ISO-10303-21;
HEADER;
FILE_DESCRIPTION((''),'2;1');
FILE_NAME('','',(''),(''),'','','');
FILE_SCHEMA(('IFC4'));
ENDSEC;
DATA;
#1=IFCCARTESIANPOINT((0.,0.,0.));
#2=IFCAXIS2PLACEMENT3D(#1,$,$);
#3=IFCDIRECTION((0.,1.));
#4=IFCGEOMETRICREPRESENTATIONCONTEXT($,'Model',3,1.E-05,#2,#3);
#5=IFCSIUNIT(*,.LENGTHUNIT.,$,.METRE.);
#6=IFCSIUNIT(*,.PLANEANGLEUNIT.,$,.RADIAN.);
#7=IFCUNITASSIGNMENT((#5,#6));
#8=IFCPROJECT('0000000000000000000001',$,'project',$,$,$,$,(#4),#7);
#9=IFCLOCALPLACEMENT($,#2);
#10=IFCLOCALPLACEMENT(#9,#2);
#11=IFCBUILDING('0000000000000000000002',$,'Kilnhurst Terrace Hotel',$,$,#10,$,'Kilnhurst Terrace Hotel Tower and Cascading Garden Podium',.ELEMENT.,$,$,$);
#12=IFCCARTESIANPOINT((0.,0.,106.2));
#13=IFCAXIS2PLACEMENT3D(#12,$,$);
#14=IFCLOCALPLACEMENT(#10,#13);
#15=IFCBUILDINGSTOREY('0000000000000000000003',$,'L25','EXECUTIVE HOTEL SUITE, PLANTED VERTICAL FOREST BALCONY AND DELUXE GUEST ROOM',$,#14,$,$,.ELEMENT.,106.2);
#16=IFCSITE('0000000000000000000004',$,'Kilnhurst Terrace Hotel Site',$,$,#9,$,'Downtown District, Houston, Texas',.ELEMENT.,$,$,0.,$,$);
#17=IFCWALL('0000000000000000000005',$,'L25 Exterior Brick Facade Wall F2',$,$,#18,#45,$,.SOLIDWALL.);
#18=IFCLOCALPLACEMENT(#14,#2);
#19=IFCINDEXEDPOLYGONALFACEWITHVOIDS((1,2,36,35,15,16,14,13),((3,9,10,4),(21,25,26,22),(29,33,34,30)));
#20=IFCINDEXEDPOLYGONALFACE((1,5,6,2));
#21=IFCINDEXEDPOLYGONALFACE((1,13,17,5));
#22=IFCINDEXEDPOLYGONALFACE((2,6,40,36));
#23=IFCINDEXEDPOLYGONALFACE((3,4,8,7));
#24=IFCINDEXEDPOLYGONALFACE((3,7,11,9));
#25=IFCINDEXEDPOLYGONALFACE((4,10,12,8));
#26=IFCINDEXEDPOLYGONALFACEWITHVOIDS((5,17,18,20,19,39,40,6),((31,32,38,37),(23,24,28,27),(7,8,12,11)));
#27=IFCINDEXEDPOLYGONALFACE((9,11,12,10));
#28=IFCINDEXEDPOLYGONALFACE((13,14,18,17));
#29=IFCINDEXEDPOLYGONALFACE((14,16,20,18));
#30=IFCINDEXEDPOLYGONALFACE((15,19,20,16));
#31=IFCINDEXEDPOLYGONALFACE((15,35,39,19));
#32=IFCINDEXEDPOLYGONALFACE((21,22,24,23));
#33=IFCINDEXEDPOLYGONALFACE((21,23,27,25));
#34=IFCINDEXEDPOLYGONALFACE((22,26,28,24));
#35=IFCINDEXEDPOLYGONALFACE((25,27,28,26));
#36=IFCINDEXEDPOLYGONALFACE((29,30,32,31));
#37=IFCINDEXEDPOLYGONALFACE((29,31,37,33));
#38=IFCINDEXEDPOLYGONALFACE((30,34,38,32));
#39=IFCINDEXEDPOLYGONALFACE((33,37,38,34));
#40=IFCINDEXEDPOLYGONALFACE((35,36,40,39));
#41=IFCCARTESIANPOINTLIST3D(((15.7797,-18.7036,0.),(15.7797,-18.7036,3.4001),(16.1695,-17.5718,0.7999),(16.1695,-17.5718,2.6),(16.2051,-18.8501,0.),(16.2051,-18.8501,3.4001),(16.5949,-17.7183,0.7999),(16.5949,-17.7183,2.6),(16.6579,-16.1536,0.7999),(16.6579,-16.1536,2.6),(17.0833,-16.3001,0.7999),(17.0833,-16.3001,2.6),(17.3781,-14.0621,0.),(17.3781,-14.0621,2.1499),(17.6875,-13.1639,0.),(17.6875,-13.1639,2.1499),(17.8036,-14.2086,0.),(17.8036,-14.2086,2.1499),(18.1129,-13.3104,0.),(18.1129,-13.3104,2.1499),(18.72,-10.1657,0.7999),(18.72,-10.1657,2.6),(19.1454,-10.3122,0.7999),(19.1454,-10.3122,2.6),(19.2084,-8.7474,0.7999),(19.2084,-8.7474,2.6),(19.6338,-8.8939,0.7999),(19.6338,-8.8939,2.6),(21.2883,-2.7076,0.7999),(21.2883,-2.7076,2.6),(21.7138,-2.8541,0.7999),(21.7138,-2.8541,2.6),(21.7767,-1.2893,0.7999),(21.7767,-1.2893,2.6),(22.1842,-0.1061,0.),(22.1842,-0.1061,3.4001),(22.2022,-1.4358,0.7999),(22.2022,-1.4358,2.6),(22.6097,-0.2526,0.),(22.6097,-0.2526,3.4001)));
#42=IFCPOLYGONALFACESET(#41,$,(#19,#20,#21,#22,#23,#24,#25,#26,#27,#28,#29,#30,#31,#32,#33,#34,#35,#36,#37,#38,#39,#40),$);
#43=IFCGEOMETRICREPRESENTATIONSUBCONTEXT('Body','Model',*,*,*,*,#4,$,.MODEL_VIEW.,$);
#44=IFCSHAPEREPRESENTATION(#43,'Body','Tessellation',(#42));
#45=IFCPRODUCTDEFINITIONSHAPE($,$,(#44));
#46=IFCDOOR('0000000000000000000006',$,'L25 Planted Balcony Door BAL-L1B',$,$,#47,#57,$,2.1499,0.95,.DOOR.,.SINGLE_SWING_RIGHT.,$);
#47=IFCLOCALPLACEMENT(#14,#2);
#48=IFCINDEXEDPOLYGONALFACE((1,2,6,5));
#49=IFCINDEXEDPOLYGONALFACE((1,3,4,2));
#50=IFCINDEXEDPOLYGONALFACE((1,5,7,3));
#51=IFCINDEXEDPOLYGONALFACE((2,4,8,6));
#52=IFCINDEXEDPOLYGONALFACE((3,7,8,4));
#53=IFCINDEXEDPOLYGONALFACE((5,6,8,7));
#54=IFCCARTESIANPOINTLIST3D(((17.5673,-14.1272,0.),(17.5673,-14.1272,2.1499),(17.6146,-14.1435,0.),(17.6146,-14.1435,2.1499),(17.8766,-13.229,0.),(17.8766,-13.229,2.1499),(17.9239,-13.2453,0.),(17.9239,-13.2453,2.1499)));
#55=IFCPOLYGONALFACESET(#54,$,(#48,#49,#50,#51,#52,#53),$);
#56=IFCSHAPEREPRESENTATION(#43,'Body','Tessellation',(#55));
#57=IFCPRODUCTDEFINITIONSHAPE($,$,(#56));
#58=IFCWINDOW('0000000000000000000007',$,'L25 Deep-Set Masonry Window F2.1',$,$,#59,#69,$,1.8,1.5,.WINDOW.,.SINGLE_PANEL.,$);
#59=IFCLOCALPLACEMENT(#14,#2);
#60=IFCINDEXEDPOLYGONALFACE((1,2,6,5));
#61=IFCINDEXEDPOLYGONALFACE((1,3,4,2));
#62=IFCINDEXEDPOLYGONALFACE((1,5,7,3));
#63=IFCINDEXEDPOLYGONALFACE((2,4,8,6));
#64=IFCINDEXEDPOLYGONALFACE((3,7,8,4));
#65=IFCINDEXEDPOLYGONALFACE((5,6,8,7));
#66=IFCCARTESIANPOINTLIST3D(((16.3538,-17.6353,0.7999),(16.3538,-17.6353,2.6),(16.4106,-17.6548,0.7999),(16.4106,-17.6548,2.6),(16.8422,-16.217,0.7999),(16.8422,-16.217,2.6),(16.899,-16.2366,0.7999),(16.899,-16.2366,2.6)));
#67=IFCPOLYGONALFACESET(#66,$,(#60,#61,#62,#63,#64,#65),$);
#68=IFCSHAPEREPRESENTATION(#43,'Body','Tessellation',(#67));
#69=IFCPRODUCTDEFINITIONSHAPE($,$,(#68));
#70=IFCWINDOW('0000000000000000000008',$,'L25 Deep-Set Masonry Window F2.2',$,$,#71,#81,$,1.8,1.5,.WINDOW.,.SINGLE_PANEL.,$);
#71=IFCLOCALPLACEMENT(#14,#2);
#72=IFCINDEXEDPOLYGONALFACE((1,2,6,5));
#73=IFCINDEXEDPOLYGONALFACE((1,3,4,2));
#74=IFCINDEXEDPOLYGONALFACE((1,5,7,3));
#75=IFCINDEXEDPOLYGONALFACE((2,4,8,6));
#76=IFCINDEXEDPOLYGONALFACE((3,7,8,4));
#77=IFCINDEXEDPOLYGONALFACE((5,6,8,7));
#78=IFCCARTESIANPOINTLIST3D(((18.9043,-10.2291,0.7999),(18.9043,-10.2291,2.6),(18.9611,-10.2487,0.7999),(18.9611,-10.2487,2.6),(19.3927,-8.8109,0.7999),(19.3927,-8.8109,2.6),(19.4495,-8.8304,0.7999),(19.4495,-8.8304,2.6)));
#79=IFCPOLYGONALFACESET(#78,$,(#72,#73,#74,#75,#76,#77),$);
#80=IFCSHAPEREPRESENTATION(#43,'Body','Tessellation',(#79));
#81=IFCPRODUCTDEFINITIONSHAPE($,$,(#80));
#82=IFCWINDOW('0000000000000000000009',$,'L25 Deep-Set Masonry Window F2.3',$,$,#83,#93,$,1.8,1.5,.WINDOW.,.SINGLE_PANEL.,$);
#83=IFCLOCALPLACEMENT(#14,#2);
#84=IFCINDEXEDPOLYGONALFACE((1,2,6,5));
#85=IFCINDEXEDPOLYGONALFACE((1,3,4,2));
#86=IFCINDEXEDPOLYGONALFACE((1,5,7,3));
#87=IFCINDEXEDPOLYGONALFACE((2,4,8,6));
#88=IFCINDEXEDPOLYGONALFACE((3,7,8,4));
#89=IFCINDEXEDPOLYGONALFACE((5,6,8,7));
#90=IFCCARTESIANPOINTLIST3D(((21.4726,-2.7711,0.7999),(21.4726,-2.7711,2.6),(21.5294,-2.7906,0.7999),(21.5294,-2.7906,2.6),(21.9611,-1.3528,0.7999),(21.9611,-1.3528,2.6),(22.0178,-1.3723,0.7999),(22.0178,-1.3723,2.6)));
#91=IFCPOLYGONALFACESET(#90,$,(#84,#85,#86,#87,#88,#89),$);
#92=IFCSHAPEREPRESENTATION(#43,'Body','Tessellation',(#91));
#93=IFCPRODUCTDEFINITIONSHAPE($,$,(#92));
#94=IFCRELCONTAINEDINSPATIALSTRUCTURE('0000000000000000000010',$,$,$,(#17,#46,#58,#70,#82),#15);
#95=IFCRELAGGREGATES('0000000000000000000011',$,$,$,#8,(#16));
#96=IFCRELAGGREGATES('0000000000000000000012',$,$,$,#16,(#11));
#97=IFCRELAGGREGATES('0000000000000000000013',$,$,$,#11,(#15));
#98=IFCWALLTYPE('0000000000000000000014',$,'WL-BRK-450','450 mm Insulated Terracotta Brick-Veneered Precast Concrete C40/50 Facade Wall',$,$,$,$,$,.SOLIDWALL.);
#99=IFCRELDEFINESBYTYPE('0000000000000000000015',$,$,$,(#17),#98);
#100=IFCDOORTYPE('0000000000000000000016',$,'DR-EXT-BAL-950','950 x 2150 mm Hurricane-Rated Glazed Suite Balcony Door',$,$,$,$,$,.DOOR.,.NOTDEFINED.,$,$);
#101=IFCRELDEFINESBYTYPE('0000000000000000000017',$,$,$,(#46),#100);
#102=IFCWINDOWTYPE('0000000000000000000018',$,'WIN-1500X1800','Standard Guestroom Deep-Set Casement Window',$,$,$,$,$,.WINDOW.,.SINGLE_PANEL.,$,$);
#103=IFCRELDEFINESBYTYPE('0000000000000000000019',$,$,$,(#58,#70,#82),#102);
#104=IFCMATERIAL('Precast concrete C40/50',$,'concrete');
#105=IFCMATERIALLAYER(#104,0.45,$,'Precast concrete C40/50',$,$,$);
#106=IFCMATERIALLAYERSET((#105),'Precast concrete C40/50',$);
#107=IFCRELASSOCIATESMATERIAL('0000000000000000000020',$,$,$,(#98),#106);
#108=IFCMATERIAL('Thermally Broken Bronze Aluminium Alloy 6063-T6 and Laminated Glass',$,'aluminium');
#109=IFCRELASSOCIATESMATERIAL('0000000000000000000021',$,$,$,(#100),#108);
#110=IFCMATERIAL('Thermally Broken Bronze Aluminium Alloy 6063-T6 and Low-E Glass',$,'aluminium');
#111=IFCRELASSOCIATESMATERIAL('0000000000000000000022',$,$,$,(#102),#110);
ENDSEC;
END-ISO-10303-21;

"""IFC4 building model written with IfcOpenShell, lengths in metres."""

from ifc_helpers import new_model, si_unit, direction, frame, frame_2d, origin, place, context, subcontext, project, spatial, rectangle, extrude, material, layer, layer_set, type_object, element, fill, save


model = new_model("IFC4")

# Units and contexts
model_context = context("Model", 3, precision=1e-05, world=origin(), true_north=direction((0.0, 1.0)))
body_context = subcontext(model_context, "Body", "Model", "MODEL_VIEW")
ifc_project = project(units=[si_unit("LENGTHUNIT", "METRE"), si_unit("PLANEANGLEUNIT", "RADIAN")], contexts=[model_context])

# Site, building, storey
site_placement = place(None, origin())
site = spatial("IfcSite", under=ifc_project, at=site_placement, Name="Kilnhurst Terrace Hotel Site", LongName="Downtown District, Houston, Texas", CompositionType="ELEMENT", RefElevation=0.0)
building_placement = place(site_placement, origin())
building = spatial("IfcBuilding", under=site, at=building_placement, Name="Kilnhurst Terrace Hotel", LongName="Kilnhurst Terrace Hotel Tower and Cascading Garden Podium", CompositionType="ELEMENT")
storey_placement = place(building_placement, frame((0.0, 0.0, 106.2)))
storey = spatial("IfcBuildingStorey", under=building, at=storey_placement, Name="L25", Description="EXECUTIVE HOTEL SUITE, PLANTED VERTICAL FOREST BALCONY AND DELUXE GUEST ROOM", CompositionType="ELEMENT", Elevation=106.2)

# Shared definitions
ifc_material_1 = material(Name="Precast concrete C40/50", Category="concrete")
ifc_layer_1 = layer(ifc_material_1, 0.45, Name="Precast concrete C40/50")
ifc_layer_set_1 = layer_set([ifc_layer_1], Name="Precast concrete C40/50")
wall_type_1 = type_object("IfcWallType", Name="WL-BRK-450", Description="450 mm Insulated Terracotta Brick-Veneered Precast Concrete C40/50 Facade Wall", PredefinedType="SOLIDWALL", material=ifc_layer_set_1)

# Wall, openings, door, windows
wall_1_placement = place(storey_placement, frame((15.9924, -18.7769, 0.0), z_axis=(0.0, 0.0, 1.0), x_axis=(0.325607, 0.945505, 0.0)))
wall_1 = element("IfcWall", 1, at=wall_1_placement, inside=storey, type_object=wall_type_1, Name="L25 Exterior Brick Facade Wall F2", PredefinedType="SOLIDWALL", context=body_context, shape_type="SweptSolid", body=[
    extrude(rectangle(XDim=19.6694, YDim=0.45, at=frame_2d((9.8347, 0.0))), origin(), (0.0, 0.0, 1.0), 3.4001),
])
opening_1_placement = place(wall_1_placement, frame((4.9089, 0.0, 0.0)))
opening_1 = element("IfcOpeningElement", 2, at=opening_1_placement, cuts=wall_1, PredefinedType="OPENING", context=body_context, shape_type="SweptSolid", body=[
    extrude(rectangle(XDim=0.95, YDim=2.1499, at=frame_2d((0.4751, 1.075))), frame((0.0, 0.2349, 0.0), z_axis=(0.0, -1.0, 0.0), x_axis=(1.0, 0.0, 0.0)), (0.0, 0.0, 1.0), 0.47),
])
opening_2_placement = place(wall_1_placement, frame((1.197, 0.0, 0.8)))
opening_2 = element("IfcOpeningElement", 3, at=opening_2_placement, cuts=wall_1, PredefinedType="OPENING", context=body_context, shape_type="SweptSolid", body=[
    extrude(rectangle(XDim=1.5, YDim=1.8, at=frame_2d((0.75, 0.8999))), frame((0.0, 0.2349, 0.0), z_axis=(0.0, -1.0, 0.0), x_axis=(1.0, 0.0, 0.0)), (0.0, 0.0, 1.0), 0.47),
])
opening_3_placement = place(wall_1_placement, frame((9.03, 0.0, 0.8)))
opening_3 = element("IfcOpeningElement", 4, at=opening_3_placement, cuts=wall_1, PredefinedType="OPENING", context=body_context, shape_type="SweptSolid", body=[
    extrude(rectangle(XDim=1.5, YDim=1.8, at=frame_2d((0.75, 0.8999))), frame((0.0, 0.2349, 0.0), z_axis=(0.0, -1.0, 0.0), x_axis=(1.0, 0.0, 0.0)), (0.0, 0.0, 1.0), 0.47),
])
opening_4_placement = place(wall_1_placement, frame((16.918, 0.0, 0.8)))
opening_4 = element("IfcOpeningElement", 5, at=opening_4_placement, cuts=wall_1, PredefinedType="OPENING", context=body_context, shape_type="SweptSolid", body=[
    extrude(rectangle(XDim=1.5, YDim=1.8, at=frame_2d((0.75, 0.8999))), frame((0.0, 0.2349, 0.0), z_axis=(0.0, -1.0, 0.0), x_axis=(1.0, 0.0, 0.0)), (0.0, 0.0, 1.0), 0.47),
])
ifc_material_2 = material(Name="Thermally Broken Bronze Aluminium Alloy 6063-T6 and Laminated Glass", Category="aluminium")
door_type_1 = type_object("IfcDoorType", Name="DR-EXT-BAL-950", Description="950 x 2150 mm Hurricane-Rated Glazed Suite Balcony Door", OperationType="NOTDEFINED", PredefinedType="DOOR", material=ifc_material_2)
door_1_placement = place(opening_1_placement, origin())
door_1 = element("IfcDoor", 6, at=door_1_placement, inside=storey, type_object=door_type_1, Name="L25 Planted Balcony Door BAL-L1B", OperationType="SINGLE_SWING_RIGHT", OverallHeight=2.1499, OverallWidth=0.95, PredefinedType="DOOR", context=body_context, shape_type="SweptSolid", body=[
    extrude(rectangle(XDim=0.95, YDim=2.1499, at=frame_2d((0.4751, 1.075))), frame((0.0, 0.0249, 0.0), z_axis=(0.0, -1.0, 0.0), x_axis=(1.0, 0.0, 0.0)), (0.0, 0.0, 1.0), 0.05),
])
fill(opening_1, door_1)
ifc_material_3 = material(Name="Thermally Broken Bronze Aluminium Alloy 6063-T6 and Low-E Glass", Category="aluminium")
window_type = type_object("IfcWindowType", Name="WIN-1500X1800", Description="Standard Guestroom Deep-Set Casement Window", PartitioningType="SINGLE_PANEL", PredefinedType="WINDOW", material=ifc_material_3)
window_1_placement = place(opening_2_placement, origin())
window_1 = element("IfcWindow", 7, at=window_1_placement, inside=storey, type_object=window_type, Name="L25 Deep-Set Masonry Window F2.1", OverallHeight=1.8, OverallWidth=1.5, PartitioningType="SINGLE_PANEL", PredefinedType="WINDOW", context=body_context, shape_type="SweptSolid", body=[
    extrude(rectangle(XDim=1.5, YDim=1.8, at=frame_2d((0.75, 0.8999))), frame((0.0, 0.03, 0.0), z_axis=(0.0, -1.0, 0.0), x_axis=(1.0, 0.0, 0.0)), (0.0, 0.0, 1.0), 0.0601),
])
fill(opening_2, window_1)
window_2_placement = place(opening_3_placement, origin())
window_2 = element("IfcWindow", 8, at=window_2_placement, inside=storey, type_object=window_type, Name="L25 Deep-Set Masonry Window F2.2", OverallHeight=1.8, OverallWidth=1.5, PartitioningType="SINGLE_PANEL", PredefinedType="WINDOW", context=body_context, shape_type="SweptSolid", body=[
    extrude(rectangle(XDim=1.5, YDim=1.8, at=frame_2d((0.75, 0.8999))), frame((0.0, 0.03, 0.0), z_axis=(0.0, -1.0, 0.0), x_axis=(1.0, 0.0, 0.0)), (0.0, 0.0, 1.0), 0.0601),
])
fill(opening_3, window_2)
window_3_placement = place(opening_4_placement, origin())
window_3 = element("IfcWindow", 9, at=window_3_placement, inside=storey, type_object=window_type, Name="L25 Deep-Set Masonry Window F2.3", OverallHeight=1.8, OverallWidth=1.5, PartitioningType="SINGLE_PANEL", PredefinedType="WINDOW", context=body_context, shape_type="SweptSolid", body=[
    extrude(rectangle(XDim=1.5, YDim=1.8, at=frame_2d((0.75, 0.8999))), frame((0.0, 0.03, 0.0), z_axis=(0.0, -1.0, 0.0), x_axis=(1.0, 0.0, 0.0)), (0.0, 0.0, 1.0), 0.0601),
])
fill(opening_4, window_3)

save(model, "model.ifc")
